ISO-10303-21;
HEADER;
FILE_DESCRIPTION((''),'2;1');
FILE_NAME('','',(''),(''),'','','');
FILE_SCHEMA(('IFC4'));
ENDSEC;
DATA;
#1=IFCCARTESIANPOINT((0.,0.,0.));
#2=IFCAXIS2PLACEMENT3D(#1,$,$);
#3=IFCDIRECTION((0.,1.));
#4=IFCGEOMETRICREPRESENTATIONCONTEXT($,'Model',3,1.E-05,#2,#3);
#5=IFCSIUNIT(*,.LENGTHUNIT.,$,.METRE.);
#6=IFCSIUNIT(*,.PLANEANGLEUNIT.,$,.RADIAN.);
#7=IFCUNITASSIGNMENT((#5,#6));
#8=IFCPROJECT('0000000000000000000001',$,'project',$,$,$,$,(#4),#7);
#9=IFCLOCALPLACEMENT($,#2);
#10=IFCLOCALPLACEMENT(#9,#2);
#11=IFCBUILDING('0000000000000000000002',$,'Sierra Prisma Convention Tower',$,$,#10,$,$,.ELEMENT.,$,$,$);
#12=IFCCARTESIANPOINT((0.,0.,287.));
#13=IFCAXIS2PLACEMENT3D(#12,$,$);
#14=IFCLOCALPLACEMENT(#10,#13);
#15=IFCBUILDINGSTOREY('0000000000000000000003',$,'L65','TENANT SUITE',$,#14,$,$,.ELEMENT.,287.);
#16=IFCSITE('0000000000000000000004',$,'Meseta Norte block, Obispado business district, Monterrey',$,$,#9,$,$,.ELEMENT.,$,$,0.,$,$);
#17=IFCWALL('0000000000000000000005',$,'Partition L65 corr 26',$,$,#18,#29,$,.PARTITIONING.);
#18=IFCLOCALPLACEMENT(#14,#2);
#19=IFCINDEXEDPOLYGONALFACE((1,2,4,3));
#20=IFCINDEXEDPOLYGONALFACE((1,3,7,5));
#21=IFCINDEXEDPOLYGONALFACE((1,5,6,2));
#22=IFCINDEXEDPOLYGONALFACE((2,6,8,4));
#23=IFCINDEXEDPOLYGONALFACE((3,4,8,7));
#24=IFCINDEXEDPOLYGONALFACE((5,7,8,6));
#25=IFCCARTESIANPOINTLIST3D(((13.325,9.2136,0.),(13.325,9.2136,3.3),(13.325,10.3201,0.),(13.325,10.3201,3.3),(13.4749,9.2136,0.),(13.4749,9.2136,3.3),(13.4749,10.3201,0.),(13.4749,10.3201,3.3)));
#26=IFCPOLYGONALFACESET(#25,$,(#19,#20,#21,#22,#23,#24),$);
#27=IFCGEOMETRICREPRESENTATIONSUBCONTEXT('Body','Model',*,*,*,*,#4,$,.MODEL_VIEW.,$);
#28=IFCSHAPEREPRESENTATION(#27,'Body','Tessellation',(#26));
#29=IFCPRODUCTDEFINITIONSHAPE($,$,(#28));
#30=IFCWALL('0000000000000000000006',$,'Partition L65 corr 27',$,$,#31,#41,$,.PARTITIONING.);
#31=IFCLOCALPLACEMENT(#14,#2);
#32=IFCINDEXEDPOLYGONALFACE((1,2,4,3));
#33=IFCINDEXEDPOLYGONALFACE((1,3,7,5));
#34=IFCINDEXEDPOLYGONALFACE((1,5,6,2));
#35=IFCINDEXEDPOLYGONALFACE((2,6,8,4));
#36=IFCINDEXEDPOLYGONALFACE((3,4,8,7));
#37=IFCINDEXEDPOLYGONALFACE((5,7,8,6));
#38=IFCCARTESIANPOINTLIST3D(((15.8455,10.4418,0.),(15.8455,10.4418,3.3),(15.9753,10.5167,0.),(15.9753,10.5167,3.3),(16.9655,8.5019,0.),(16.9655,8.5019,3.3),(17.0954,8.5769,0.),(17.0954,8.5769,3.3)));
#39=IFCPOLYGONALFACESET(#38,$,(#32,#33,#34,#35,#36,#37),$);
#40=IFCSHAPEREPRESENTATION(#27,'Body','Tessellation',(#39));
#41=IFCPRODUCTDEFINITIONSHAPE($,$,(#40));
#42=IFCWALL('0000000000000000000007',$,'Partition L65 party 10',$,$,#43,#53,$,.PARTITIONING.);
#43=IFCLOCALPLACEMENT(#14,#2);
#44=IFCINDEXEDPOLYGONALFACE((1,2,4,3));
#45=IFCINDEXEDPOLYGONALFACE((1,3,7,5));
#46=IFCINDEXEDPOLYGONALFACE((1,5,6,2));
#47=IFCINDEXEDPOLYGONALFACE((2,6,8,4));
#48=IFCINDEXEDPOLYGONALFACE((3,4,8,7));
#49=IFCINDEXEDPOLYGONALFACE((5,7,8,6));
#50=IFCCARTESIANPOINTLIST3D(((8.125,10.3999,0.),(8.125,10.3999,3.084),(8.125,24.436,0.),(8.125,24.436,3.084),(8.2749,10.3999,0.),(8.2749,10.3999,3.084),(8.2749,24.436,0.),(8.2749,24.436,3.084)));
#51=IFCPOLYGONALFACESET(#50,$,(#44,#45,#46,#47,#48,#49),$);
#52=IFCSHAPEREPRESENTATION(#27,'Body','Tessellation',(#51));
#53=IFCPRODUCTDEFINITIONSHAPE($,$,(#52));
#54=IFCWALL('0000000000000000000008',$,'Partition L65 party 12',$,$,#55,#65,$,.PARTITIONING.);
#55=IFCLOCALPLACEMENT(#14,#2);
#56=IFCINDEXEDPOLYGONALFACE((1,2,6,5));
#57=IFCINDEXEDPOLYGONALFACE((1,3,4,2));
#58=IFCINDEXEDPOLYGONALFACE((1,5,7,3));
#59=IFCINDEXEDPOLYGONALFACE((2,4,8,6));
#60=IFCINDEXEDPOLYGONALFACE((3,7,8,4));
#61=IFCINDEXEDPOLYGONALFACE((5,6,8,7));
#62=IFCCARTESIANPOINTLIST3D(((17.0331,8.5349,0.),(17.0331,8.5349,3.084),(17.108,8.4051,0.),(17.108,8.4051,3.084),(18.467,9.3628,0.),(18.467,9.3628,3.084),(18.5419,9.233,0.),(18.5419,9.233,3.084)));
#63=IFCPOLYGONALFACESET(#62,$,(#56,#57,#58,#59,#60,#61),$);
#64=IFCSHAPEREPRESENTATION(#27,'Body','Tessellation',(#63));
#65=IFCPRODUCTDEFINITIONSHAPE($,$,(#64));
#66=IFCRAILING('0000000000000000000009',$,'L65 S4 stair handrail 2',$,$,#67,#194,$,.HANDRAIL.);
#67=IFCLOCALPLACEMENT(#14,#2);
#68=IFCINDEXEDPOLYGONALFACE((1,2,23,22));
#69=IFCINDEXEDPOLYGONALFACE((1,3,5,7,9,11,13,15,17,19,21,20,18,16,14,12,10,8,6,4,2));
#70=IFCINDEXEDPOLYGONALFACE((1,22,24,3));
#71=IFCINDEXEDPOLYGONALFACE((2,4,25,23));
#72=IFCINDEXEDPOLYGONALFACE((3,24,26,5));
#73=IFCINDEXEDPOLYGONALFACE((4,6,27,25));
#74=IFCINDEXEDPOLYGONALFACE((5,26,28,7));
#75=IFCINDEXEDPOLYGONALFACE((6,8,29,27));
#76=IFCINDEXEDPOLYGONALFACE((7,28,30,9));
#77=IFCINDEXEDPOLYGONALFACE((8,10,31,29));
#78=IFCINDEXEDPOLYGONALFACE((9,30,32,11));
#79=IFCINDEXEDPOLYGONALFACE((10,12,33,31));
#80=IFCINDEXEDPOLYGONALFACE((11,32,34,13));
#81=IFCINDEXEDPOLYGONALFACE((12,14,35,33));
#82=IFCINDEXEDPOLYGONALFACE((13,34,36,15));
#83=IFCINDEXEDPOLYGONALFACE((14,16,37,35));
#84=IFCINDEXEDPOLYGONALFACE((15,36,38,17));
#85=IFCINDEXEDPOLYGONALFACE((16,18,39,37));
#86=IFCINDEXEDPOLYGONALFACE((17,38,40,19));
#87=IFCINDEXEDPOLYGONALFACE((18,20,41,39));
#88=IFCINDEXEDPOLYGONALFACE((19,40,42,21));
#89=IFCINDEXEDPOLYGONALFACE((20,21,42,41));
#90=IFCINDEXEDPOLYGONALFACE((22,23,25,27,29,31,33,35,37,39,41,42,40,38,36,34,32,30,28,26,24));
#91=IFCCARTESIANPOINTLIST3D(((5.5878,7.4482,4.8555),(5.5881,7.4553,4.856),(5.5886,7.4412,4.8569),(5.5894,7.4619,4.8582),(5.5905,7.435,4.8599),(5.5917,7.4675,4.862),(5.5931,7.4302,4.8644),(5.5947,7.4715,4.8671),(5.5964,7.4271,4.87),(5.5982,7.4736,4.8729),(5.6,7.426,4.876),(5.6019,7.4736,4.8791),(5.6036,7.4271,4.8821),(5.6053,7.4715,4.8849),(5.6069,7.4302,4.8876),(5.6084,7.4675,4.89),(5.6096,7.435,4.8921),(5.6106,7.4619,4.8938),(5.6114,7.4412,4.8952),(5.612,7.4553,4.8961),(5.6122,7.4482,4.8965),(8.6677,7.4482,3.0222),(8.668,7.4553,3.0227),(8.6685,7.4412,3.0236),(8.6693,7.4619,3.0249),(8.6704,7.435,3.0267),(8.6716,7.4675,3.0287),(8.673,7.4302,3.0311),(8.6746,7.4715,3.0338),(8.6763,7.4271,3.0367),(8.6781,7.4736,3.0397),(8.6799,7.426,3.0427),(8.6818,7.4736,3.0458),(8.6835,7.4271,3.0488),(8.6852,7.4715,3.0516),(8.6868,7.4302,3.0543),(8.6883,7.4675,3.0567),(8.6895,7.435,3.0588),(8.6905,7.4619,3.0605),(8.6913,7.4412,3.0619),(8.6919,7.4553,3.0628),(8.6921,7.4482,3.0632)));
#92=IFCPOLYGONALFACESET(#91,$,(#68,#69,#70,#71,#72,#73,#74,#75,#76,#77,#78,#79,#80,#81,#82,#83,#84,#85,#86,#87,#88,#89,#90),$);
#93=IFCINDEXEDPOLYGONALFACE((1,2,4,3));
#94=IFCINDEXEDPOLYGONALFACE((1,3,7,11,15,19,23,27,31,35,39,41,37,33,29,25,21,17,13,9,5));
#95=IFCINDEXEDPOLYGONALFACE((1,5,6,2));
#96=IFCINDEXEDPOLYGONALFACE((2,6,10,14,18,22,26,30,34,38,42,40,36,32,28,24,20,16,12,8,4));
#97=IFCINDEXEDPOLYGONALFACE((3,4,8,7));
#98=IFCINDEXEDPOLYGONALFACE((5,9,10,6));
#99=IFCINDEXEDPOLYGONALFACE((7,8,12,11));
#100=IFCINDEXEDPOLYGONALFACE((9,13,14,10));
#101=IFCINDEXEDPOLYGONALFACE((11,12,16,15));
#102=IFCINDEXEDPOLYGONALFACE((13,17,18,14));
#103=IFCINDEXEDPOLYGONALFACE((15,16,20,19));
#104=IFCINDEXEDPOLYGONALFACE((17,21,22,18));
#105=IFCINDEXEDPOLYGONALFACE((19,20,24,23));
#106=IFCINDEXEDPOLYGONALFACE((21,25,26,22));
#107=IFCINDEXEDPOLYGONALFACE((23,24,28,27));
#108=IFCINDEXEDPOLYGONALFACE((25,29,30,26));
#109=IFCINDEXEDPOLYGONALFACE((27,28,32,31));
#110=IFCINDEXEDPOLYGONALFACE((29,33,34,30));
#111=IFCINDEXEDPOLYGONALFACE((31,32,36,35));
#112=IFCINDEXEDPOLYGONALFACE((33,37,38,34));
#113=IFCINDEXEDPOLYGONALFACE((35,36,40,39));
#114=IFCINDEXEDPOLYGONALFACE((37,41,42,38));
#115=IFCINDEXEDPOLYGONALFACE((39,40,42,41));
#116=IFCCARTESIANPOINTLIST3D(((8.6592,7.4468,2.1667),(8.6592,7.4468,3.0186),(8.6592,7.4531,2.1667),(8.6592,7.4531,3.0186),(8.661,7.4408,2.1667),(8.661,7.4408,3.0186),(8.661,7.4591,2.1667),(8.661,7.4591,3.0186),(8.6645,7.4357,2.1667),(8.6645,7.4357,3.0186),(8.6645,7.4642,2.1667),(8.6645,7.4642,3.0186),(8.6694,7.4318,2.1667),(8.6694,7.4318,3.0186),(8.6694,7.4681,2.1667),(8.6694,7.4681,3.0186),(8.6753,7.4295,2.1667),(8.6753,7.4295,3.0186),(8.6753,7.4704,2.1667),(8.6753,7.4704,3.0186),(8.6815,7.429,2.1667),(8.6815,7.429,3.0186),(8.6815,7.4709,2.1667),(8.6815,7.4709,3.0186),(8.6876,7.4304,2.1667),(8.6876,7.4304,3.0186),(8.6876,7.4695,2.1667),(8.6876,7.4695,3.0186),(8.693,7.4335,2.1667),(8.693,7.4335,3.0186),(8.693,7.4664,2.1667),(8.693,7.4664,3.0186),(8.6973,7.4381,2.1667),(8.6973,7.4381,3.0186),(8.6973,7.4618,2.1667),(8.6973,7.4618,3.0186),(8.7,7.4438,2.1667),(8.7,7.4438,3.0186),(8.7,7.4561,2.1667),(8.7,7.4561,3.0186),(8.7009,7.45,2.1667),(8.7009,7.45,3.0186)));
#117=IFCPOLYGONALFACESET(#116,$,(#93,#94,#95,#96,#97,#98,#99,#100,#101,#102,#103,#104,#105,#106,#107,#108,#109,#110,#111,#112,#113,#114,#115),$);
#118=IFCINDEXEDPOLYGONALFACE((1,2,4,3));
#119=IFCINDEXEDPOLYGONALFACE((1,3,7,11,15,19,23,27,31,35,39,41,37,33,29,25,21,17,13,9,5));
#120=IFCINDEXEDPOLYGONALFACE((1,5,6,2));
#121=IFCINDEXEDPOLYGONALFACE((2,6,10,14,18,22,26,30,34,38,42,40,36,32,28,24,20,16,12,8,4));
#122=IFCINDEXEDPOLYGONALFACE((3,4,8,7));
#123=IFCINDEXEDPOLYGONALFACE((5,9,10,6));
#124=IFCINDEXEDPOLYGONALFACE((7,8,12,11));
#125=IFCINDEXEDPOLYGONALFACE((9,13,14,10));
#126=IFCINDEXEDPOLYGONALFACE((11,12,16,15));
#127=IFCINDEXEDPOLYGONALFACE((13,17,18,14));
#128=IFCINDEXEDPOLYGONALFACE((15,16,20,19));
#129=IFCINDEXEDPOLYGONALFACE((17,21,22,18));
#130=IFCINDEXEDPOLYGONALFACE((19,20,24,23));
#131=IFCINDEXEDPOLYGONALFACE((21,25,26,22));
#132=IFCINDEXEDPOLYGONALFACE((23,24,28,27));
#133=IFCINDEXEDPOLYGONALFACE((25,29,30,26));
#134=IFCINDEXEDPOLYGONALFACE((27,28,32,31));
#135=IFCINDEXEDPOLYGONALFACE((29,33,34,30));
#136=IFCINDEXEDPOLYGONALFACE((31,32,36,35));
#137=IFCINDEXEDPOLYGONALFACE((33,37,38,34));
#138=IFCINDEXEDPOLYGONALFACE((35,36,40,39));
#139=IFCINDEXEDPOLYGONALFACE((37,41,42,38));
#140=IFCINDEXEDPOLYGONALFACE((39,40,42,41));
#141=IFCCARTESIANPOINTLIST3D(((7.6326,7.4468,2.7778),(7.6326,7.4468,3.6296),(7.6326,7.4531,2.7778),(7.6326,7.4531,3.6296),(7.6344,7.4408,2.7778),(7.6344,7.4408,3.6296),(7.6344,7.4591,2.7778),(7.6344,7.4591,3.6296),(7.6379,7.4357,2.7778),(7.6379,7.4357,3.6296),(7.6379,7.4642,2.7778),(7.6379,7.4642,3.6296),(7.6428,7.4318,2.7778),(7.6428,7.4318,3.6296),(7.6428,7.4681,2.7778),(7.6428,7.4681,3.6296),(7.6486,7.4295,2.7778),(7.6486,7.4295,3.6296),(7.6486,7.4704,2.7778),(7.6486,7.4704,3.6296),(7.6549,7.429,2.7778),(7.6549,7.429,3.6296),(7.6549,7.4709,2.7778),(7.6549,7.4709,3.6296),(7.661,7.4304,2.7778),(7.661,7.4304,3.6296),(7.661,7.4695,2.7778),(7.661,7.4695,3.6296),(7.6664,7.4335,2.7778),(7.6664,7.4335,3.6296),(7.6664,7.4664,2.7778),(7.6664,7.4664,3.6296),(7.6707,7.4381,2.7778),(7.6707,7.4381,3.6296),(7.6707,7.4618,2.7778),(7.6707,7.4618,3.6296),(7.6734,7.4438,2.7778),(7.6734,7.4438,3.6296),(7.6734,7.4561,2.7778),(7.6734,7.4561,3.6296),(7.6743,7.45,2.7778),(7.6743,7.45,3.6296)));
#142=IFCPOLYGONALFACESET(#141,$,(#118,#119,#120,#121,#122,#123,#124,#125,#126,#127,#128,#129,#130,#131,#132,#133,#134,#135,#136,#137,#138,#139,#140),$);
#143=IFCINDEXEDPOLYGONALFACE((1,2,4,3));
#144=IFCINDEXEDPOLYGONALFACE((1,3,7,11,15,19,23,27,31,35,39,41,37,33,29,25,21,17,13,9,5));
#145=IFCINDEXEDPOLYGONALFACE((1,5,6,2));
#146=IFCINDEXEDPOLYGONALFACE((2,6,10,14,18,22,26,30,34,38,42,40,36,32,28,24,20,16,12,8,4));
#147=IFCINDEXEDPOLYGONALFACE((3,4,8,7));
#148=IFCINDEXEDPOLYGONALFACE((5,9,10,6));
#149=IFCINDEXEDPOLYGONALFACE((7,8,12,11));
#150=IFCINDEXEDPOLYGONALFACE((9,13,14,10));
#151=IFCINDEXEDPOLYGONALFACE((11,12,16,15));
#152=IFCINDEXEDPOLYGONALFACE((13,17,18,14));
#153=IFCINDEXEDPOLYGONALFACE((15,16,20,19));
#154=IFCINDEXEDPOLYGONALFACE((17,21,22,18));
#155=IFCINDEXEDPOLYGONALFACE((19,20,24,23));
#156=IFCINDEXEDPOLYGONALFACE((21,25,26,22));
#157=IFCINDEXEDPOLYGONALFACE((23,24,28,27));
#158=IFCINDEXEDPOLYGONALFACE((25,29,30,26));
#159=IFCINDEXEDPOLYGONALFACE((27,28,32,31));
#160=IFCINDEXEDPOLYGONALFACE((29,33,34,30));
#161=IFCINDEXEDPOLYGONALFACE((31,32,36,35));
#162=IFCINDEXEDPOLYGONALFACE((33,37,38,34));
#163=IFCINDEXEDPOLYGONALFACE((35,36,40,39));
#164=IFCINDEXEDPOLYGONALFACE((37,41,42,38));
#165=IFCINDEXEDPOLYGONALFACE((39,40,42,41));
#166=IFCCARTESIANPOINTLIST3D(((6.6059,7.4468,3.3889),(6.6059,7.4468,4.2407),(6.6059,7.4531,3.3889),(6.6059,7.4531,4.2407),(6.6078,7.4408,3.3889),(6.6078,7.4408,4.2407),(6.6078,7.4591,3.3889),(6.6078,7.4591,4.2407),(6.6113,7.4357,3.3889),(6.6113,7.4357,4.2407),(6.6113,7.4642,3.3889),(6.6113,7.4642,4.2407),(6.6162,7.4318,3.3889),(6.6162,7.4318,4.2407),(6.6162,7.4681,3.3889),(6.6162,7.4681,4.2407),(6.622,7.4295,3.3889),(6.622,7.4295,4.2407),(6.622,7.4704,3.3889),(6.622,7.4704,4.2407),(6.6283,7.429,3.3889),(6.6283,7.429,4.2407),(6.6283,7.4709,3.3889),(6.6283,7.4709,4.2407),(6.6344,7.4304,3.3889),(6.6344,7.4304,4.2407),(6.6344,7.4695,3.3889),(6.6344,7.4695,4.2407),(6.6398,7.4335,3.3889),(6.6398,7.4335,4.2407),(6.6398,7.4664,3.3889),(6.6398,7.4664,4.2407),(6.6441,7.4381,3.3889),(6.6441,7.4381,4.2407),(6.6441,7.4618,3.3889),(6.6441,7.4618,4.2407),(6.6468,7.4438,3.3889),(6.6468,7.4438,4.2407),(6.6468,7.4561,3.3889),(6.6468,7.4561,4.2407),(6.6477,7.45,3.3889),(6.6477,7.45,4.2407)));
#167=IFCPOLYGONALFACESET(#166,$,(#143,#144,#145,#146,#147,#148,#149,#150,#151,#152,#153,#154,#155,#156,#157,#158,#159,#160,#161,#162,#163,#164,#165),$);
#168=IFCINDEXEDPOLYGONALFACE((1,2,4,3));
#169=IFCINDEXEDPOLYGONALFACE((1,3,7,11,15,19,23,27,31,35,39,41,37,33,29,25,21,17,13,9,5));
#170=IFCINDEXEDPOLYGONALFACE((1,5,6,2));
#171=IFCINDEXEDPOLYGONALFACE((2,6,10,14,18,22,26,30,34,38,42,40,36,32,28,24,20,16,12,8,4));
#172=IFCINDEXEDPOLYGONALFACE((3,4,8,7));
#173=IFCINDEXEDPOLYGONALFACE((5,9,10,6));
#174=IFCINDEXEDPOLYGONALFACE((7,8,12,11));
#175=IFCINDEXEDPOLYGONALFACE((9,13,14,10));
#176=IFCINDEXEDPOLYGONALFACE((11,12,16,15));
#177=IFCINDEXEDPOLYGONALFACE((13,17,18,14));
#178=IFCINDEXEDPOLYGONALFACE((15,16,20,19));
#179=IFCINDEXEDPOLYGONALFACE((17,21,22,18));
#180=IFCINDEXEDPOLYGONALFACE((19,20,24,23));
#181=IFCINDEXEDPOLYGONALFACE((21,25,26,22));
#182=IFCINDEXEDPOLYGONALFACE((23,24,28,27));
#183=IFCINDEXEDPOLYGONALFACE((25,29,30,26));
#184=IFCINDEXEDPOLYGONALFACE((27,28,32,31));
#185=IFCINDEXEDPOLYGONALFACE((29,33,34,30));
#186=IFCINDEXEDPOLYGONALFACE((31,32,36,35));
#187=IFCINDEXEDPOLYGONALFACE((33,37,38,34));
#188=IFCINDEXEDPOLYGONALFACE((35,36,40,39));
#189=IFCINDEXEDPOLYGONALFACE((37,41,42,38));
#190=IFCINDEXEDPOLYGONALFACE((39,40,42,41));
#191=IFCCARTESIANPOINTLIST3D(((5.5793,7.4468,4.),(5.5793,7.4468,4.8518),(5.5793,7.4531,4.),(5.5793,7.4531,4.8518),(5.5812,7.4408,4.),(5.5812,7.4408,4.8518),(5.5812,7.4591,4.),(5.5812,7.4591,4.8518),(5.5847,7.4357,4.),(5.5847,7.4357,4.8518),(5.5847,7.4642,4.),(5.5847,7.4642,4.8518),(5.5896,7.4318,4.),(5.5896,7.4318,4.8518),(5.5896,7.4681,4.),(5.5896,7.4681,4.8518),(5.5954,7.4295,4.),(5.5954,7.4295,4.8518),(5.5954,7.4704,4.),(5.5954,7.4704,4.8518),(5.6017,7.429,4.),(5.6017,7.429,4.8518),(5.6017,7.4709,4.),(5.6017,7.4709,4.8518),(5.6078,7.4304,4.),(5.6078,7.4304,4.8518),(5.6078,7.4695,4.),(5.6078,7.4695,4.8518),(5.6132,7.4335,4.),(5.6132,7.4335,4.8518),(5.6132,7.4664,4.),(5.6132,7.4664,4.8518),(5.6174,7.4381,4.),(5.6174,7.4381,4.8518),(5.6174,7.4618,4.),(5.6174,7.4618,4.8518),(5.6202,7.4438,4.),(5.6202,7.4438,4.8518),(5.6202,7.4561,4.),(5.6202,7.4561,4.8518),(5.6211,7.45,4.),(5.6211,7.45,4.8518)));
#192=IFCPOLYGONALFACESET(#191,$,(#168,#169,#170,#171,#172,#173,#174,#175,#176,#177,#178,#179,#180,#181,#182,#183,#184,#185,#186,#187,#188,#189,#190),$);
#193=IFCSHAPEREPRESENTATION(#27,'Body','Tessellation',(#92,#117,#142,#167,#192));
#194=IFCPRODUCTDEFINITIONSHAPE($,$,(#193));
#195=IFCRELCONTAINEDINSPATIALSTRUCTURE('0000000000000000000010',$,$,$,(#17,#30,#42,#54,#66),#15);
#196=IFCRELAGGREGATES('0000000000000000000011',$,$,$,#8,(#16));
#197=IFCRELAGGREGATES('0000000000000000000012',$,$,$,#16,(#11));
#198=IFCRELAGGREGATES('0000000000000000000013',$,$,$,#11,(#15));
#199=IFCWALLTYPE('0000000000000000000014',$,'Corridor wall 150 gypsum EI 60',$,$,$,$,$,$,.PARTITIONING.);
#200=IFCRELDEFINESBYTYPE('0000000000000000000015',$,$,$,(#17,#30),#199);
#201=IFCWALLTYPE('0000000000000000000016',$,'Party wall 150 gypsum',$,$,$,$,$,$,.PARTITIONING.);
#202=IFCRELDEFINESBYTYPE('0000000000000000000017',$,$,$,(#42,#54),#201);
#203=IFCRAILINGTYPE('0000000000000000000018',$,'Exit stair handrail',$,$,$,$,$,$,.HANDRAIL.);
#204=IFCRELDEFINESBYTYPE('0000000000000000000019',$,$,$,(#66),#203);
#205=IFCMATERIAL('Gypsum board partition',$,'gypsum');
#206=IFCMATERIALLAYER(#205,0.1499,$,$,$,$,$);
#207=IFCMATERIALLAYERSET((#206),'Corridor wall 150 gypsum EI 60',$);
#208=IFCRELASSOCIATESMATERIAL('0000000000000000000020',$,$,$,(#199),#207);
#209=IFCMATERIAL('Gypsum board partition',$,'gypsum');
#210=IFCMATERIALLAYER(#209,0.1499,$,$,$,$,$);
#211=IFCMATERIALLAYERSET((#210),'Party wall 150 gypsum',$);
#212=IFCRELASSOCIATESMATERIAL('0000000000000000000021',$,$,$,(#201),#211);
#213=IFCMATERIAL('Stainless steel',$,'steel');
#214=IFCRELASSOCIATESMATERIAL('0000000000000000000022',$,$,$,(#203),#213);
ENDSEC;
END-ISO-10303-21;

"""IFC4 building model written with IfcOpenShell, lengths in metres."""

from ifc_helpers import new_model, si_unit, direction, frame, frame_2d, origin, origin_2d, place, context, subcontext, project, spatial, rectangle, circle, extrude, material, layer, layer_set, type_object, element, save


model = new_model("IFC4")

# Units and contexts
model_context = context("Model", 3, precision=1e-05, world=origin(), true_north=direction((0.0, 1.0)))
body_context = subcontext(model_context, "Body", "Model", "MODEL_VIEW")
ifc_project = project(units=[si_unit("LENGTHUNIT", "METRE"), si_unit("PLANEANGLEUNIT", "RADIAN")], contexts=[model_context])

# Site, building, storey
site_placement = place(None, origin())
site = spatial("IfcSite", under=ifc_project, at=site_placement, Name="Meseta Norte block, Obispado business district, Monterrey", CompositionType="ELEMENT", RefElevation=0.0)
building_placement = place(site_placement, origin())
building = spatial("IfcBuilding", under=site, at=building_placement, Name="Sierra Prisma Convention Tower", CompositionType="ELEMENT")
storey_placement = place(building_placement, frame((0.0, 0.0, 287.0)))
storey = spatial("IfcBuildingStorey", under=building, at=storey_placement, Name="L65", Description="TENANT SUITE", CompositionType="ELEMENT", Elevation=287.0)

# Shared definitions
ifc_material_1 = material(Name="Gypsum board partition", Category="gypsum")
ifc_layer_1 = layer(ifc_material_1, 0.1499)
ifc_layer_set_1 = layer_set([ifc_layer_1], Name="Corridor wall 150 gypsum EI 60")
wall_type_1 = type_object("IfcWallType", Name="Corridor wall 150 gypsum EI 60", PredefinedType="PARTITIONING", material=ifc_layer_set_1)

# Walls
wall_1_placement = place(storey_placement, frame((13.3999, 9.2136, 0.0), z_axis=(0.0, 0.0, 1.0), x_axis=(0.0, 1.0, 0.0)))
element("IfcWall", 1, at=wall_1_placement, inside=storey, type_object=wall_type_1, Name="Partition L65 corr 26", PredefinedType="PARTITIONING", context=body_context, shape_type="SweptSolid", body=[
    extrude(rectangle(XDim=1.1064, YDim=0.1499, at=frame_2d((0.5532, 0.0))), origin(), (0.0, 0.0, 1.0), 3.3),
])
wall_2_placement = place(storey_placement, frame((17.0305, 8.5393, 0.0), z_axis=(0.0, 0.0, 1.0), x_axis=(-0.500031, 0.866008, 0.0)))
element("IfcWall", 2, at=wall_2_placement, inside=storey, type_object=wall_type_1, Name="Partition L65 corr 27", PredefinedType="PARTITIONING", context=body_context, shape_type="SweptSolid", body=[
    extrude(rectangle(XDim=2.24, YDim=0.1499, at=frame_2d((1.1201, 0.0))), origin(), (0.0, 0.0, 1.0), 3.3),
])
ifc_material_2 = material(Name="Gypsum board partition", Category="gypsum")
ifc_layer_2 = layer(ifc_material_2, 0.1499)
ifc_layer_set_2 = layer_set([ifc_layer_2], Name="Party wall 150 gypsum")
wall_type_2 = type_object("IfcWallType", Name="Party wall 150 gypsum", PredefinedType="PARTITIONING", material=ifc_layer_set_2)
wall_3_placement = place(storey_placement, frame((8.2, 10.3999, 0.0), z_axis=(0.0, 0.0, 1.0), x_axis=(0.0, 1.0, 0.0)))
element("IfcWall", 3, at=wall_3_placement, inside=storey, type_object=wall_type_2, Name="Partition L65 party 10", PredefinedType="PARTITIONING", context=body_context, shape_type="SweptSolid", body=[
    extrude(rectangle(XDim=14.0361, YDim=0.1499, at=frame_2d((7.0181, 0.0))), origin(), (0.0, 0.0, 1.0), 3.084),
])
wall_4_placement = place(storey_placement, frame((17.0706, 8.47, 0.0), z_axis=(0.0, 0.0, 1.0), x_axis=(0.866011, 0.500025, 0.0)))
element("IfcWall", 4, at=wall_4_placement, inside=storey, type_object=wall_type_2, Name="Partition L65 party 12", PredefinedType="PARTITIONING", context=body_context, shape_type="SweptSolid", body=[
    extrude(rectangle(XDim=1.6558, YDim=0.1499, at=frame_2d((0.8279, 0.0))), origin(), (0.0, 0.0, 1.0), 3.084),
])

# Railing
ifc_material_3 = material(Name="Stainless steel", Category="steel")
railing_type = type_object("IfcRailingType", Name="Exit stair handrail", PredefinedType="HANDRAIL", material=ifc_material_3)
railing_placement = place(storey_placement, frame((8.6799, 7.45, 2.1667)))
element("IfcRailing", 5, at=railing_placement, inside=storey, type_object=railing_type, Name="L65 S4 stair handrail 2", PredefinedType="HANDRAIL", context=body_context, shape_type="SweptSolid", body=[
    extrude(circle(Radius=0.0239, at=origin_2d()), frame((0.0, 0.0, 0.876), z_axis=(-0.859291, 0.0, 0.511487), x_axis=(0.0, -1.0, 0.0)), (0.0, 0.0, 1.0), 3.5842),
    extrude(circle(Radius=0.021, at=origin_2d()), origin(), (0.0, 0.0, 1.0), 0.8518),
    extrude(circle(Radius=0.021, at=origin_2d()), frame((-1.0266, 0.0, 0.6111)), (0.0, 0.0, 1.0), 0.8518),
    extrude(circle(Radius=0.021, at=origin_2d()), frame((-2.0532, 0.0, 1.2222)), (0.0, 0.0, 1.0), 0.8518),
    extrude(circle(Radius=0.021, at=origin_2d()), frame((-3.0798, 0.0, 1.8333)), (0.0, 0.0, 1.0), 0.8518),
])

save(model, "model.ifc")
